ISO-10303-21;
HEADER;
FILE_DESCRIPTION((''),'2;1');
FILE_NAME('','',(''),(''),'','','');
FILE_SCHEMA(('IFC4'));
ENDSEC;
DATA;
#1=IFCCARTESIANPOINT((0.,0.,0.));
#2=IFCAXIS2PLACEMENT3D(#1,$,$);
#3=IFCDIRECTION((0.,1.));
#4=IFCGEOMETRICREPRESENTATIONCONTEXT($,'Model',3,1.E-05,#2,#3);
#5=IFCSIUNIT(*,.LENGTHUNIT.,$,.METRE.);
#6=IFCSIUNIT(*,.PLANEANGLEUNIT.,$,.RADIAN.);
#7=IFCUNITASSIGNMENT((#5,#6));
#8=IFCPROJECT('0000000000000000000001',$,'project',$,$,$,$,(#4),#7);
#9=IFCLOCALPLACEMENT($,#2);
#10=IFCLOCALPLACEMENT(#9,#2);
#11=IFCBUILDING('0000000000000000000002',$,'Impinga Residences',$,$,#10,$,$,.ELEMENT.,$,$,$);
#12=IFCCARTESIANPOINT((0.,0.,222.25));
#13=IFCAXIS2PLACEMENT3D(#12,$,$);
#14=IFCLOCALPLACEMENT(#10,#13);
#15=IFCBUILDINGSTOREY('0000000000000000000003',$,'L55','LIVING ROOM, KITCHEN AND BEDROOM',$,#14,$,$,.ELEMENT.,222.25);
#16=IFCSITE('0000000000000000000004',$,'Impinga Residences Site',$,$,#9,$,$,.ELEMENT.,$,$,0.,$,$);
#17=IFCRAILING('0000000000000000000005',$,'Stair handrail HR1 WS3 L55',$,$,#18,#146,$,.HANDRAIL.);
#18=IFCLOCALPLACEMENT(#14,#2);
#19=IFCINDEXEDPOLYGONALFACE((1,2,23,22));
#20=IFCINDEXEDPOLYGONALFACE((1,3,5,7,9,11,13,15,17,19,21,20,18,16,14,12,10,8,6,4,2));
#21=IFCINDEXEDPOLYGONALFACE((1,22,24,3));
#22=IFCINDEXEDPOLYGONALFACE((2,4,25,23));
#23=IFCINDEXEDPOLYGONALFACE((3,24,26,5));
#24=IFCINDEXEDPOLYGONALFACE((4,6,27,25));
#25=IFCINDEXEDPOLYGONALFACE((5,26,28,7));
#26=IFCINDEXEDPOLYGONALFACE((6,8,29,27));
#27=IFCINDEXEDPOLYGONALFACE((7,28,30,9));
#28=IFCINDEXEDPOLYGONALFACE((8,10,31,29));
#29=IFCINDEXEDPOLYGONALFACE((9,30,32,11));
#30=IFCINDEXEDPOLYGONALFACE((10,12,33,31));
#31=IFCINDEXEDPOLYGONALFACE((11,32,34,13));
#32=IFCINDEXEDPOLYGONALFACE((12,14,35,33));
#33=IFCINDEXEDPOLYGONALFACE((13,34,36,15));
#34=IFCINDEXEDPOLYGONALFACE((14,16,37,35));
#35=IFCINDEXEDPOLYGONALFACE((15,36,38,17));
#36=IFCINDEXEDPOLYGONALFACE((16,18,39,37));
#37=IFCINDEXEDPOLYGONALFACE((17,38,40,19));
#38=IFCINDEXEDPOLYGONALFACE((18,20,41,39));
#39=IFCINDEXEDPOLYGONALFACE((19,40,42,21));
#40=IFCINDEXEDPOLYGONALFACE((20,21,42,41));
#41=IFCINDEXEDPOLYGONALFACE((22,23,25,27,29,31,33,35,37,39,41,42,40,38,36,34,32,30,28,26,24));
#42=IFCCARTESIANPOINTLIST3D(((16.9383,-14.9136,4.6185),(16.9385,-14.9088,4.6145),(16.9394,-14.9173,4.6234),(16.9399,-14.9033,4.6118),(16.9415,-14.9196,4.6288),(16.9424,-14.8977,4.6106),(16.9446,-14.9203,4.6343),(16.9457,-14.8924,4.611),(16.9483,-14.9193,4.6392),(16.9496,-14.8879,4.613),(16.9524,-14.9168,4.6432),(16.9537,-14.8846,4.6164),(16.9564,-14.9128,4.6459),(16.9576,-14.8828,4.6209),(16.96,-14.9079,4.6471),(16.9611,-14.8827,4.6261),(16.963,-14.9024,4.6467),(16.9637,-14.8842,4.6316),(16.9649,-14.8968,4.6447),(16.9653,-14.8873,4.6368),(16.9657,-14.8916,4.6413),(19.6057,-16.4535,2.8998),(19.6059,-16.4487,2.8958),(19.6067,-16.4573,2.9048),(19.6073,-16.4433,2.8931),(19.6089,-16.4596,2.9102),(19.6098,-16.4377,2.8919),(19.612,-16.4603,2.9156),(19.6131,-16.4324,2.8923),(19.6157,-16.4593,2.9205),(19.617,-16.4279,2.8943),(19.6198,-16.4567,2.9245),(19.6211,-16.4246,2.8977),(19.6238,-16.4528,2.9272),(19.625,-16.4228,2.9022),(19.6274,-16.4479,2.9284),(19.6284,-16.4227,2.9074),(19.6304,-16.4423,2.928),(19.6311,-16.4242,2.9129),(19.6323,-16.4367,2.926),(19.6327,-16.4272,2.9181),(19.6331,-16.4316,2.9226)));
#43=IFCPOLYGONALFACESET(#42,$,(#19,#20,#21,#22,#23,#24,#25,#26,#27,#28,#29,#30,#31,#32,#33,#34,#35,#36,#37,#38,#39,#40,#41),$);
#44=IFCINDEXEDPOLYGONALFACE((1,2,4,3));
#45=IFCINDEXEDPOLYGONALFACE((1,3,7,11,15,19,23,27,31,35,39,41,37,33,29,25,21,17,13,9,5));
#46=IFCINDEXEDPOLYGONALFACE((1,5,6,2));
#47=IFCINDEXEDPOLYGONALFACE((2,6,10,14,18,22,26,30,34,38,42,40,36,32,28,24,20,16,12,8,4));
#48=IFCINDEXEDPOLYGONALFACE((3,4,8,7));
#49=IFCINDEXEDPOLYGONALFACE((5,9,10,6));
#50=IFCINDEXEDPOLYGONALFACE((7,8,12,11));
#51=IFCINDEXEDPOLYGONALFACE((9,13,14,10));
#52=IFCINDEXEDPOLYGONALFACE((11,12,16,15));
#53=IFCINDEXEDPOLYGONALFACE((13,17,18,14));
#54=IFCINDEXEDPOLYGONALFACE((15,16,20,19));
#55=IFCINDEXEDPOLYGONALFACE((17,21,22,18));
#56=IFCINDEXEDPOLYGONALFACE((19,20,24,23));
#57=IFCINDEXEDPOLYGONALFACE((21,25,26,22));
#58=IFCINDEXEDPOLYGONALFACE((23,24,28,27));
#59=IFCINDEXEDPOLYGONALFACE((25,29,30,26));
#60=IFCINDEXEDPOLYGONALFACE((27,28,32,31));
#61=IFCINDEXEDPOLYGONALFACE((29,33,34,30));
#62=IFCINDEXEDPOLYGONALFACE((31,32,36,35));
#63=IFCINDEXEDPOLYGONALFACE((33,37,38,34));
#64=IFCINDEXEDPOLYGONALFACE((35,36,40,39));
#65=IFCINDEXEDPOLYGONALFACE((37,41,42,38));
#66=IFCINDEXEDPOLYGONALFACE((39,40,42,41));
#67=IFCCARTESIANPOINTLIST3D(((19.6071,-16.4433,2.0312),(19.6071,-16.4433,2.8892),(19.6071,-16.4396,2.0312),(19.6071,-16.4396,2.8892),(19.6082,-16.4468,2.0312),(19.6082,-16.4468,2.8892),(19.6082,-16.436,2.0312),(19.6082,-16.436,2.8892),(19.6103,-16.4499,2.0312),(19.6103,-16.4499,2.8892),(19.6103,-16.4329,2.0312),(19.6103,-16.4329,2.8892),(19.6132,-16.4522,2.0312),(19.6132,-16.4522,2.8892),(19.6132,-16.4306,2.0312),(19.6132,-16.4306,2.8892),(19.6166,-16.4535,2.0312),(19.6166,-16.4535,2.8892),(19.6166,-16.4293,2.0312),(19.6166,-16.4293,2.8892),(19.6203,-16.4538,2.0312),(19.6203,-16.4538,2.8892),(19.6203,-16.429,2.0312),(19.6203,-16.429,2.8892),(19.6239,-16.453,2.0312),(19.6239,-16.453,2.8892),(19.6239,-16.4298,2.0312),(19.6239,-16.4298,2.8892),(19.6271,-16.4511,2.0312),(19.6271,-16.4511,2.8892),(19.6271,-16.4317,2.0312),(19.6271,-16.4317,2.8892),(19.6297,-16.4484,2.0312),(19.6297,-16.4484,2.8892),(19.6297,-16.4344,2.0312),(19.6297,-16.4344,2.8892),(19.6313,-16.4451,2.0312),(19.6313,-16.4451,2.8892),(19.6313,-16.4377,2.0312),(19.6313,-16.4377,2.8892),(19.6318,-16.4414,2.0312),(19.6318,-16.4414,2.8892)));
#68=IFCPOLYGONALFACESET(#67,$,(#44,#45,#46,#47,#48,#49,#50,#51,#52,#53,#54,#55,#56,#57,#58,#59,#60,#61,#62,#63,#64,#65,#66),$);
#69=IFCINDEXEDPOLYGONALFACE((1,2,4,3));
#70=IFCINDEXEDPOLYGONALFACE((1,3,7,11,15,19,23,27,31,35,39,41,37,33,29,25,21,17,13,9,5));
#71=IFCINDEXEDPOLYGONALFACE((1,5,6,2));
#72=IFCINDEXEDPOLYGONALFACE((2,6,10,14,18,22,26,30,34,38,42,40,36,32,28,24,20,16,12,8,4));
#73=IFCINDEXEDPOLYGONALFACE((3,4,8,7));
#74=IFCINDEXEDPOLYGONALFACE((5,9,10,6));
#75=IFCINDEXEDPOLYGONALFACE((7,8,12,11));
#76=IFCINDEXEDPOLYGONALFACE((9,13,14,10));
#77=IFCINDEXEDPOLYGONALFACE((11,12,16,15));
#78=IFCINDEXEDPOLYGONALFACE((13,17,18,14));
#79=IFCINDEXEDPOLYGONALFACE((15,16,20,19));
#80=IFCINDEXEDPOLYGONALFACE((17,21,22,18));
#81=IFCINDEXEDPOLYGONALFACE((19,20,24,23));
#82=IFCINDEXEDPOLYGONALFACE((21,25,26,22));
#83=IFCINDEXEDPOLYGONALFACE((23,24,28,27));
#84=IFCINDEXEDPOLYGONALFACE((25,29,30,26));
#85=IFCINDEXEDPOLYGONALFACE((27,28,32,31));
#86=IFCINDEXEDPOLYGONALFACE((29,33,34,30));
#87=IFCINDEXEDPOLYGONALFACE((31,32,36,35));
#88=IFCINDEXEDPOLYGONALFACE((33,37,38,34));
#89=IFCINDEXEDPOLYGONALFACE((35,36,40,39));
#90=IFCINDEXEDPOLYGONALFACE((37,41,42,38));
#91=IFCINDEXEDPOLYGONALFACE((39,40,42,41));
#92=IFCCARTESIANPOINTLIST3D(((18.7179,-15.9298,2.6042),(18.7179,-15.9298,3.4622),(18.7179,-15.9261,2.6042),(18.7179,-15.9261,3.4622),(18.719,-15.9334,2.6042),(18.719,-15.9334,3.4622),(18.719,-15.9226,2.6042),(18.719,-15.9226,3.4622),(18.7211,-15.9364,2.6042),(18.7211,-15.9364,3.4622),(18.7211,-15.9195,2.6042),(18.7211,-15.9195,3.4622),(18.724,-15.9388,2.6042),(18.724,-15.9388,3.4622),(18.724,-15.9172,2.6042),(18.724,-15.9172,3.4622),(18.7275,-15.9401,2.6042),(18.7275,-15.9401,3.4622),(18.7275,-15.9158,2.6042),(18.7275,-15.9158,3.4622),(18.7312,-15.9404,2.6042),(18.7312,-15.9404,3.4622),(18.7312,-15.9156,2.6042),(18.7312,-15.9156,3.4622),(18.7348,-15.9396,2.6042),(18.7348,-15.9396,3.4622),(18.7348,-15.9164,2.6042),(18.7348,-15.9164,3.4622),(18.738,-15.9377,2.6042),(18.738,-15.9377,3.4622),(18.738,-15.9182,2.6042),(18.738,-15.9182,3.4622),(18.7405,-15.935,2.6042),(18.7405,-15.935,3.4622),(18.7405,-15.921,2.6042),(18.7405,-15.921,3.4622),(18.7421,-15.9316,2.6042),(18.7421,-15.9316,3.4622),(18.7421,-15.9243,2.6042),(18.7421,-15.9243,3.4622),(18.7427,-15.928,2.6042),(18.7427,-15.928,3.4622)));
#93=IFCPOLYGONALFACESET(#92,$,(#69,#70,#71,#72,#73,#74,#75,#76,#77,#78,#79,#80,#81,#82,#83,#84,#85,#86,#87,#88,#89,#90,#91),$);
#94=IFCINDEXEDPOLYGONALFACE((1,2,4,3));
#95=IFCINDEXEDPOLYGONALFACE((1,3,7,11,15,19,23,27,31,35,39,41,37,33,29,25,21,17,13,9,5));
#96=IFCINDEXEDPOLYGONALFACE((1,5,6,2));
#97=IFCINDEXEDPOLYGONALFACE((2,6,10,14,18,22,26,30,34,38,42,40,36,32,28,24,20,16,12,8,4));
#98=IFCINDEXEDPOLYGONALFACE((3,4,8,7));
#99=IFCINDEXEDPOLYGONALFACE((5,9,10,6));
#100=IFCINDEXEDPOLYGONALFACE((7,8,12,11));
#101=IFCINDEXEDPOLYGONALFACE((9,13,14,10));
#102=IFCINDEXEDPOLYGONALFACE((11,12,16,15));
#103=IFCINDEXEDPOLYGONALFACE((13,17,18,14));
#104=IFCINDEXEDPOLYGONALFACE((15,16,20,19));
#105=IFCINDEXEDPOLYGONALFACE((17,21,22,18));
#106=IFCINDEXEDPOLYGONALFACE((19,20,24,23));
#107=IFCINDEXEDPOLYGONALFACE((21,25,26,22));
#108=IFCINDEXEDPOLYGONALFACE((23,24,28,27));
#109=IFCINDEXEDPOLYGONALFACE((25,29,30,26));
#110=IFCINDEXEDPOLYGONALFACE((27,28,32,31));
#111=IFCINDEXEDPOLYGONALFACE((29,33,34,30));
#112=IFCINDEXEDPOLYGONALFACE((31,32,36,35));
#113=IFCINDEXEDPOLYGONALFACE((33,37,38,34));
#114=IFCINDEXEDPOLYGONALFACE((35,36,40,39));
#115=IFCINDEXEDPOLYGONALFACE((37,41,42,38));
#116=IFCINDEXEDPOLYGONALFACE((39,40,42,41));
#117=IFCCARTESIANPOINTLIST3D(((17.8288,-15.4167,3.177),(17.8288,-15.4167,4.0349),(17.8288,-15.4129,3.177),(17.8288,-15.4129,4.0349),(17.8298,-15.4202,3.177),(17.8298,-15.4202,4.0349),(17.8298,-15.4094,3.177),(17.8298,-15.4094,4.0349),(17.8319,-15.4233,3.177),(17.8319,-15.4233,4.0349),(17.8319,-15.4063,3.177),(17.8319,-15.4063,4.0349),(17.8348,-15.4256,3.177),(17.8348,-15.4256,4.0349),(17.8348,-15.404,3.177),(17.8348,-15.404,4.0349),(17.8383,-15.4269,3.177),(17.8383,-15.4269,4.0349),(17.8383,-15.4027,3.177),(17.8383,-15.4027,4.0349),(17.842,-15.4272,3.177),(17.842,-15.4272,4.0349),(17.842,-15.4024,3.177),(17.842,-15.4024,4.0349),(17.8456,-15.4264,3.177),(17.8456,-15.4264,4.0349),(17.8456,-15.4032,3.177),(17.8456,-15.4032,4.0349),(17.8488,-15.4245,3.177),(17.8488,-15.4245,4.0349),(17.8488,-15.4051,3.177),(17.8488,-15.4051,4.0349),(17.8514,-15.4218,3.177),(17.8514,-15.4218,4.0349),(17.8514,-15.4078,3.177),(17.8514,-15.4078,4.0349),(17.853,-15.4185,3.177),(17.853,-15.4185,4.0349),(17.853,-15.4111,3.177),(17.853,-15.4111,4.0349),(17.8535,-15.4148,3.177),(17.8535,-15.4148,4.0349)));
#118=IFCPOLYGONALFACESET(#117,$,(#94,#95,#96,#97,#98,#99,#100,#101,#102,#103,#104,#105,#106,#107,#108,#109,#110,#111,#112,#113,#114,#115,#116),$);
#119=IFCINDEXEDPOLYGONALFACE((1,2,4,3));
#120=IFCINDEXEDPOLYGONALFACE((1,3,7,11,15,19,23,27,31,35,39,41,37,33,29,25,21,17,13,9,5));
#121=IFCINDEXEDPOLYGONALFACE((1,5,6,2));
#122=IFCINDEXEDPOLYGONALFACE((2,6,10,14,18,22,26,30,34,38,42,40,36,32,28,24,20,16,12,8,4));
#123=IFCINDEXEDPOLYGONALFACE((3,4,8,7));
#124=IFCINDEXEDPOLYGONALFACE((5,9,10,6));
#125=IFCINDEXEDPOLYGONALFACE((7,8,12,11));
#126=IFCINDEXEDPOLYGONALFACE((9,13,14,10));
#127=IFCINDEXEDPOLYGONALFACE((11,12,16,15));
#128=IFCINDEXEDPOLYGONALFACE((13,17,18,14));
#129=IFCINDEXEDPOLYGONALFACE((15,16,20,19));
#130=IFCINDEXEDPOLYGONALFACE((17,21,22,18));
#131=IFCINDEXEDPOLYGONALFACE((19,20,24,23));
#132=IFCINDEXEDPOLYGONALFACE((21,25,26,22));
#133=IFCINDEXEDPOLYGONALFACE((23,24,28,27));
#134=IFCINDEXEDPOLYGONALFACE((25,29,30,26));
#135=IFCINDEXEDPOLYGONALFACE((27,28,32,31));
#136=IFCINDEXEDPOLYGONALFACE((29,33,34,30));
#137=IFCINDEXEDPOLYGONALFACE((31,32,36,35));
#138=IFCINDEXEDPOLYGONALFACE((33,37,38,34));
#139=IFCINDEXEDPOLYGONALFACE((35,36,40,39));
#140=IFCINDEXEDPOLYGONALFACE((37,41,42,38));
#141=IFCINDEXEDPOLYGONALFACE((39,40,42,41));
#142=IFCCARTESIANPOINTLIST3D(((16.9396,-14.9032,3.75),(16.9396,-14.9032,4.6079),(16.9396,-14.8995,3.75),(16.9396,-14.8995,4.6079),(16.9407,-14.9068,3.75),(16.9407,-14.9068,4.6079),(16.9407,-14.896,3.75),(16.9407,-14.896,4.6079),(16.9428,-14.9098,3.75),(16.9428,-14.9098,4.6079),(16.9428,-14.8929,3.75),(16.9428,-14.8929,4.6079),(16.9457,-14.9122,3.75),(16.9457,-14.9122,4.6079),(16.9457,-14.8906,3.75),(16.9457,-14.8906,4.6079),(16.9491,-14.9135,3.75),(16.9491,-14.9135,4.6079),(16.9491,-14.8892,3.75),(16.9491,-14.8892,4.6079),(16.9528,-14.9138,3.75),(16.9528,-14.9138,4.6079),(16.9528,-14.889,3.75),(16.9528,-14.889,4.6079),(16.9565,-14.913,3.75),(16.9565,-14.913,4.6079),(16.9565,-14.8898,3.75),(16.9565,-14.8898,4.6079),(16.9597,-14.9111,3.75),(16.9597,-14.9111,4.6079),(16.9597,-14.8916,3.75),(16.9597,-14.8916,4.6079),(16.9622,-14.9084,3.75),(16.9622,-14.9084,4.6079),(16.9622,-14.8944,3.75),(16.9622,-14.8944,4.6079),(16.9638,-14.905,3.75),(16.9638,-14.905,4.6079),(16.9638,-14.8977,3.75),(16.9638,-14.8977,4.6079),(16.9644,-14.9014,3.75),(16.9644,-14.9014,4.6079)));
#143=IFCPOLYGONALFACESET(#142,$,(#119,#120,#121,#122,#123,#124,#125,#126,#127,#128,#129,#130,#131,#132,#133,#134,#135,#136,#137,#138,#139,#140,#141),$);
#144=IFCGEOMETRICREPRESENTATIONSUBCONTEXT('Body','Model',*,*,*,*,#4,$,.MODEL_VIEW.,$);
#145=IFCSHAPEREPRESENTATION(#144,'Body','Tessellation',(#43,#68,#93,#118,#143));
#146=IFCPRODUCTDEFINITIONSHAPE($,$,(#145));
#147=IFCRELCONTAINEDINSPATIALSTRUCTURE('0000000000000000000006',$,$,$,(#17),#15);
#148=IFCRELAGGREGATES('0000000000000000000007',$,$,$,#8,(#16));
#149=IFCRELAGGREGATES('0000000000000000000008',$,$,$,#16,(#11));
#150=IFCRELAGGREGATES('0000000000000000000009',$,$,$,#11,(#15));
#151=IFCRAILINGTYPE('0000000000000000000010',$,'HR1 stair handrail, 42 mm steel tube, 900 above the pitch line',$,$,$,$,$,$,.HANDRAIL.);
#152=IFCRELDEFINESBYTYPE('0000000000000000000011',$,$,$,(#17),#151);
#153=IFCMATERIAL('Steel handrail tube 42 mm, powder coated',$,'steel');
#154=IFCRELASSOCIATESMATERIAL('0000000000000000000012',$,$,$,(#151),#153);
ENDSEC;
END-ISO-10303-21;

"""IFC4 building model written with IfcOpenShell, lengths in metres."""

from ifc_helpers import new_model, si_unit, direction, frame, origin, origin_2d, place, context, subcontext, project, spatial, circle, extrude, material, type_object, element, save


model = new_model("IFC4")

# Units and contexts
model_context = context("Model", 3, precision=1e-05, world=origin(), true_north=direction((0.0, 1.0)))
body_context = subcontext(model_context, "Body", "Model", "MODEL_VIEW")
ifc_project = project(units=[si_unit("LENGTHUNIT", "METRE"), si_unit("PLANEANGLEUNIT", "RADIAN")], contexts=[model_context])

# Site, building, storey
site_placement = place(None, origin())
site = spatial("IfcSite", under=ifc_project, at=site_placement, Name="Impinga Residences Site", CompositionType="ELEMENT", RefElevation=0.0)
building_placement = place(site_placement, origin())
building = spatial("IfcBuilding", under=site, at=building_placement, Name="Impinga Residences", CompositionType="ELEMENT")
storey_placement = place(building_placement, frame((0.0, 0.0, 222.25)))
storey = spatial("IfcBuildingStorey", under=building, at=storey_placement, Name="L55", Description="LIVING ROOM, KITCHEN AND BEDROOM", CompositionType="ELEMENT", Elevation=222.25)

# Railing
ifc_material_1 = material(Name="Steel handrail tube 42 mm, powder coated", Category="steel")
railing_type = type_object("IfcRailingType", Name="HR1 stair handrail, 42 mm steel tube, 900 above the pitch line", PredefinedType="HANDRAIL", material=ifc_material_1)
railing_1_placement = place(storey_placement, frame((19.6194, -16.4414, 2.0312)))
element("IfcRailing", 1, at=railing_1_placement, inside=storey, type_object=railing_type, Name="Stair handrail HR1 WS3 L55", PredefinedType="HANDRAIL", context=body_context, shape_type="SweptSolid", body=[
    extrude(circle(Radius=0.021, at=origin_2d()), frame((0.0, 0.0, 0.8789), z_axis=(-0.756256, 0.436616, 0.487282), x_axis=(-0.499992, -0.86603, 0.0)), (0.0, 0.0, 1.0), 3.5271),
    extrude(circle(Radius=0.0125, at=origin_2d()), origin(), (0.0, 0.0, 1.0), 0.8579),
    extrude(circle(Radius=0.0125, at=origin_2d()), frame((-0.8892, 0.5134, 0.573)), (0.0, 0.0, 1.0), 0.8579),
    extrude(circle(Radius=0.0125, at=origin_2d()), frame((-1.7783, 1.0266, 1.1458)), (0.0, 0.0, 1.0), 0.8579),
    extrude(circle(Radius=0.0125, at=origin_2d()), frame((-2.6675, 1.54, 1.7188)), (0.0, 0.0, 1.0), 0.8579),
])

save(model, "model.ifc")
